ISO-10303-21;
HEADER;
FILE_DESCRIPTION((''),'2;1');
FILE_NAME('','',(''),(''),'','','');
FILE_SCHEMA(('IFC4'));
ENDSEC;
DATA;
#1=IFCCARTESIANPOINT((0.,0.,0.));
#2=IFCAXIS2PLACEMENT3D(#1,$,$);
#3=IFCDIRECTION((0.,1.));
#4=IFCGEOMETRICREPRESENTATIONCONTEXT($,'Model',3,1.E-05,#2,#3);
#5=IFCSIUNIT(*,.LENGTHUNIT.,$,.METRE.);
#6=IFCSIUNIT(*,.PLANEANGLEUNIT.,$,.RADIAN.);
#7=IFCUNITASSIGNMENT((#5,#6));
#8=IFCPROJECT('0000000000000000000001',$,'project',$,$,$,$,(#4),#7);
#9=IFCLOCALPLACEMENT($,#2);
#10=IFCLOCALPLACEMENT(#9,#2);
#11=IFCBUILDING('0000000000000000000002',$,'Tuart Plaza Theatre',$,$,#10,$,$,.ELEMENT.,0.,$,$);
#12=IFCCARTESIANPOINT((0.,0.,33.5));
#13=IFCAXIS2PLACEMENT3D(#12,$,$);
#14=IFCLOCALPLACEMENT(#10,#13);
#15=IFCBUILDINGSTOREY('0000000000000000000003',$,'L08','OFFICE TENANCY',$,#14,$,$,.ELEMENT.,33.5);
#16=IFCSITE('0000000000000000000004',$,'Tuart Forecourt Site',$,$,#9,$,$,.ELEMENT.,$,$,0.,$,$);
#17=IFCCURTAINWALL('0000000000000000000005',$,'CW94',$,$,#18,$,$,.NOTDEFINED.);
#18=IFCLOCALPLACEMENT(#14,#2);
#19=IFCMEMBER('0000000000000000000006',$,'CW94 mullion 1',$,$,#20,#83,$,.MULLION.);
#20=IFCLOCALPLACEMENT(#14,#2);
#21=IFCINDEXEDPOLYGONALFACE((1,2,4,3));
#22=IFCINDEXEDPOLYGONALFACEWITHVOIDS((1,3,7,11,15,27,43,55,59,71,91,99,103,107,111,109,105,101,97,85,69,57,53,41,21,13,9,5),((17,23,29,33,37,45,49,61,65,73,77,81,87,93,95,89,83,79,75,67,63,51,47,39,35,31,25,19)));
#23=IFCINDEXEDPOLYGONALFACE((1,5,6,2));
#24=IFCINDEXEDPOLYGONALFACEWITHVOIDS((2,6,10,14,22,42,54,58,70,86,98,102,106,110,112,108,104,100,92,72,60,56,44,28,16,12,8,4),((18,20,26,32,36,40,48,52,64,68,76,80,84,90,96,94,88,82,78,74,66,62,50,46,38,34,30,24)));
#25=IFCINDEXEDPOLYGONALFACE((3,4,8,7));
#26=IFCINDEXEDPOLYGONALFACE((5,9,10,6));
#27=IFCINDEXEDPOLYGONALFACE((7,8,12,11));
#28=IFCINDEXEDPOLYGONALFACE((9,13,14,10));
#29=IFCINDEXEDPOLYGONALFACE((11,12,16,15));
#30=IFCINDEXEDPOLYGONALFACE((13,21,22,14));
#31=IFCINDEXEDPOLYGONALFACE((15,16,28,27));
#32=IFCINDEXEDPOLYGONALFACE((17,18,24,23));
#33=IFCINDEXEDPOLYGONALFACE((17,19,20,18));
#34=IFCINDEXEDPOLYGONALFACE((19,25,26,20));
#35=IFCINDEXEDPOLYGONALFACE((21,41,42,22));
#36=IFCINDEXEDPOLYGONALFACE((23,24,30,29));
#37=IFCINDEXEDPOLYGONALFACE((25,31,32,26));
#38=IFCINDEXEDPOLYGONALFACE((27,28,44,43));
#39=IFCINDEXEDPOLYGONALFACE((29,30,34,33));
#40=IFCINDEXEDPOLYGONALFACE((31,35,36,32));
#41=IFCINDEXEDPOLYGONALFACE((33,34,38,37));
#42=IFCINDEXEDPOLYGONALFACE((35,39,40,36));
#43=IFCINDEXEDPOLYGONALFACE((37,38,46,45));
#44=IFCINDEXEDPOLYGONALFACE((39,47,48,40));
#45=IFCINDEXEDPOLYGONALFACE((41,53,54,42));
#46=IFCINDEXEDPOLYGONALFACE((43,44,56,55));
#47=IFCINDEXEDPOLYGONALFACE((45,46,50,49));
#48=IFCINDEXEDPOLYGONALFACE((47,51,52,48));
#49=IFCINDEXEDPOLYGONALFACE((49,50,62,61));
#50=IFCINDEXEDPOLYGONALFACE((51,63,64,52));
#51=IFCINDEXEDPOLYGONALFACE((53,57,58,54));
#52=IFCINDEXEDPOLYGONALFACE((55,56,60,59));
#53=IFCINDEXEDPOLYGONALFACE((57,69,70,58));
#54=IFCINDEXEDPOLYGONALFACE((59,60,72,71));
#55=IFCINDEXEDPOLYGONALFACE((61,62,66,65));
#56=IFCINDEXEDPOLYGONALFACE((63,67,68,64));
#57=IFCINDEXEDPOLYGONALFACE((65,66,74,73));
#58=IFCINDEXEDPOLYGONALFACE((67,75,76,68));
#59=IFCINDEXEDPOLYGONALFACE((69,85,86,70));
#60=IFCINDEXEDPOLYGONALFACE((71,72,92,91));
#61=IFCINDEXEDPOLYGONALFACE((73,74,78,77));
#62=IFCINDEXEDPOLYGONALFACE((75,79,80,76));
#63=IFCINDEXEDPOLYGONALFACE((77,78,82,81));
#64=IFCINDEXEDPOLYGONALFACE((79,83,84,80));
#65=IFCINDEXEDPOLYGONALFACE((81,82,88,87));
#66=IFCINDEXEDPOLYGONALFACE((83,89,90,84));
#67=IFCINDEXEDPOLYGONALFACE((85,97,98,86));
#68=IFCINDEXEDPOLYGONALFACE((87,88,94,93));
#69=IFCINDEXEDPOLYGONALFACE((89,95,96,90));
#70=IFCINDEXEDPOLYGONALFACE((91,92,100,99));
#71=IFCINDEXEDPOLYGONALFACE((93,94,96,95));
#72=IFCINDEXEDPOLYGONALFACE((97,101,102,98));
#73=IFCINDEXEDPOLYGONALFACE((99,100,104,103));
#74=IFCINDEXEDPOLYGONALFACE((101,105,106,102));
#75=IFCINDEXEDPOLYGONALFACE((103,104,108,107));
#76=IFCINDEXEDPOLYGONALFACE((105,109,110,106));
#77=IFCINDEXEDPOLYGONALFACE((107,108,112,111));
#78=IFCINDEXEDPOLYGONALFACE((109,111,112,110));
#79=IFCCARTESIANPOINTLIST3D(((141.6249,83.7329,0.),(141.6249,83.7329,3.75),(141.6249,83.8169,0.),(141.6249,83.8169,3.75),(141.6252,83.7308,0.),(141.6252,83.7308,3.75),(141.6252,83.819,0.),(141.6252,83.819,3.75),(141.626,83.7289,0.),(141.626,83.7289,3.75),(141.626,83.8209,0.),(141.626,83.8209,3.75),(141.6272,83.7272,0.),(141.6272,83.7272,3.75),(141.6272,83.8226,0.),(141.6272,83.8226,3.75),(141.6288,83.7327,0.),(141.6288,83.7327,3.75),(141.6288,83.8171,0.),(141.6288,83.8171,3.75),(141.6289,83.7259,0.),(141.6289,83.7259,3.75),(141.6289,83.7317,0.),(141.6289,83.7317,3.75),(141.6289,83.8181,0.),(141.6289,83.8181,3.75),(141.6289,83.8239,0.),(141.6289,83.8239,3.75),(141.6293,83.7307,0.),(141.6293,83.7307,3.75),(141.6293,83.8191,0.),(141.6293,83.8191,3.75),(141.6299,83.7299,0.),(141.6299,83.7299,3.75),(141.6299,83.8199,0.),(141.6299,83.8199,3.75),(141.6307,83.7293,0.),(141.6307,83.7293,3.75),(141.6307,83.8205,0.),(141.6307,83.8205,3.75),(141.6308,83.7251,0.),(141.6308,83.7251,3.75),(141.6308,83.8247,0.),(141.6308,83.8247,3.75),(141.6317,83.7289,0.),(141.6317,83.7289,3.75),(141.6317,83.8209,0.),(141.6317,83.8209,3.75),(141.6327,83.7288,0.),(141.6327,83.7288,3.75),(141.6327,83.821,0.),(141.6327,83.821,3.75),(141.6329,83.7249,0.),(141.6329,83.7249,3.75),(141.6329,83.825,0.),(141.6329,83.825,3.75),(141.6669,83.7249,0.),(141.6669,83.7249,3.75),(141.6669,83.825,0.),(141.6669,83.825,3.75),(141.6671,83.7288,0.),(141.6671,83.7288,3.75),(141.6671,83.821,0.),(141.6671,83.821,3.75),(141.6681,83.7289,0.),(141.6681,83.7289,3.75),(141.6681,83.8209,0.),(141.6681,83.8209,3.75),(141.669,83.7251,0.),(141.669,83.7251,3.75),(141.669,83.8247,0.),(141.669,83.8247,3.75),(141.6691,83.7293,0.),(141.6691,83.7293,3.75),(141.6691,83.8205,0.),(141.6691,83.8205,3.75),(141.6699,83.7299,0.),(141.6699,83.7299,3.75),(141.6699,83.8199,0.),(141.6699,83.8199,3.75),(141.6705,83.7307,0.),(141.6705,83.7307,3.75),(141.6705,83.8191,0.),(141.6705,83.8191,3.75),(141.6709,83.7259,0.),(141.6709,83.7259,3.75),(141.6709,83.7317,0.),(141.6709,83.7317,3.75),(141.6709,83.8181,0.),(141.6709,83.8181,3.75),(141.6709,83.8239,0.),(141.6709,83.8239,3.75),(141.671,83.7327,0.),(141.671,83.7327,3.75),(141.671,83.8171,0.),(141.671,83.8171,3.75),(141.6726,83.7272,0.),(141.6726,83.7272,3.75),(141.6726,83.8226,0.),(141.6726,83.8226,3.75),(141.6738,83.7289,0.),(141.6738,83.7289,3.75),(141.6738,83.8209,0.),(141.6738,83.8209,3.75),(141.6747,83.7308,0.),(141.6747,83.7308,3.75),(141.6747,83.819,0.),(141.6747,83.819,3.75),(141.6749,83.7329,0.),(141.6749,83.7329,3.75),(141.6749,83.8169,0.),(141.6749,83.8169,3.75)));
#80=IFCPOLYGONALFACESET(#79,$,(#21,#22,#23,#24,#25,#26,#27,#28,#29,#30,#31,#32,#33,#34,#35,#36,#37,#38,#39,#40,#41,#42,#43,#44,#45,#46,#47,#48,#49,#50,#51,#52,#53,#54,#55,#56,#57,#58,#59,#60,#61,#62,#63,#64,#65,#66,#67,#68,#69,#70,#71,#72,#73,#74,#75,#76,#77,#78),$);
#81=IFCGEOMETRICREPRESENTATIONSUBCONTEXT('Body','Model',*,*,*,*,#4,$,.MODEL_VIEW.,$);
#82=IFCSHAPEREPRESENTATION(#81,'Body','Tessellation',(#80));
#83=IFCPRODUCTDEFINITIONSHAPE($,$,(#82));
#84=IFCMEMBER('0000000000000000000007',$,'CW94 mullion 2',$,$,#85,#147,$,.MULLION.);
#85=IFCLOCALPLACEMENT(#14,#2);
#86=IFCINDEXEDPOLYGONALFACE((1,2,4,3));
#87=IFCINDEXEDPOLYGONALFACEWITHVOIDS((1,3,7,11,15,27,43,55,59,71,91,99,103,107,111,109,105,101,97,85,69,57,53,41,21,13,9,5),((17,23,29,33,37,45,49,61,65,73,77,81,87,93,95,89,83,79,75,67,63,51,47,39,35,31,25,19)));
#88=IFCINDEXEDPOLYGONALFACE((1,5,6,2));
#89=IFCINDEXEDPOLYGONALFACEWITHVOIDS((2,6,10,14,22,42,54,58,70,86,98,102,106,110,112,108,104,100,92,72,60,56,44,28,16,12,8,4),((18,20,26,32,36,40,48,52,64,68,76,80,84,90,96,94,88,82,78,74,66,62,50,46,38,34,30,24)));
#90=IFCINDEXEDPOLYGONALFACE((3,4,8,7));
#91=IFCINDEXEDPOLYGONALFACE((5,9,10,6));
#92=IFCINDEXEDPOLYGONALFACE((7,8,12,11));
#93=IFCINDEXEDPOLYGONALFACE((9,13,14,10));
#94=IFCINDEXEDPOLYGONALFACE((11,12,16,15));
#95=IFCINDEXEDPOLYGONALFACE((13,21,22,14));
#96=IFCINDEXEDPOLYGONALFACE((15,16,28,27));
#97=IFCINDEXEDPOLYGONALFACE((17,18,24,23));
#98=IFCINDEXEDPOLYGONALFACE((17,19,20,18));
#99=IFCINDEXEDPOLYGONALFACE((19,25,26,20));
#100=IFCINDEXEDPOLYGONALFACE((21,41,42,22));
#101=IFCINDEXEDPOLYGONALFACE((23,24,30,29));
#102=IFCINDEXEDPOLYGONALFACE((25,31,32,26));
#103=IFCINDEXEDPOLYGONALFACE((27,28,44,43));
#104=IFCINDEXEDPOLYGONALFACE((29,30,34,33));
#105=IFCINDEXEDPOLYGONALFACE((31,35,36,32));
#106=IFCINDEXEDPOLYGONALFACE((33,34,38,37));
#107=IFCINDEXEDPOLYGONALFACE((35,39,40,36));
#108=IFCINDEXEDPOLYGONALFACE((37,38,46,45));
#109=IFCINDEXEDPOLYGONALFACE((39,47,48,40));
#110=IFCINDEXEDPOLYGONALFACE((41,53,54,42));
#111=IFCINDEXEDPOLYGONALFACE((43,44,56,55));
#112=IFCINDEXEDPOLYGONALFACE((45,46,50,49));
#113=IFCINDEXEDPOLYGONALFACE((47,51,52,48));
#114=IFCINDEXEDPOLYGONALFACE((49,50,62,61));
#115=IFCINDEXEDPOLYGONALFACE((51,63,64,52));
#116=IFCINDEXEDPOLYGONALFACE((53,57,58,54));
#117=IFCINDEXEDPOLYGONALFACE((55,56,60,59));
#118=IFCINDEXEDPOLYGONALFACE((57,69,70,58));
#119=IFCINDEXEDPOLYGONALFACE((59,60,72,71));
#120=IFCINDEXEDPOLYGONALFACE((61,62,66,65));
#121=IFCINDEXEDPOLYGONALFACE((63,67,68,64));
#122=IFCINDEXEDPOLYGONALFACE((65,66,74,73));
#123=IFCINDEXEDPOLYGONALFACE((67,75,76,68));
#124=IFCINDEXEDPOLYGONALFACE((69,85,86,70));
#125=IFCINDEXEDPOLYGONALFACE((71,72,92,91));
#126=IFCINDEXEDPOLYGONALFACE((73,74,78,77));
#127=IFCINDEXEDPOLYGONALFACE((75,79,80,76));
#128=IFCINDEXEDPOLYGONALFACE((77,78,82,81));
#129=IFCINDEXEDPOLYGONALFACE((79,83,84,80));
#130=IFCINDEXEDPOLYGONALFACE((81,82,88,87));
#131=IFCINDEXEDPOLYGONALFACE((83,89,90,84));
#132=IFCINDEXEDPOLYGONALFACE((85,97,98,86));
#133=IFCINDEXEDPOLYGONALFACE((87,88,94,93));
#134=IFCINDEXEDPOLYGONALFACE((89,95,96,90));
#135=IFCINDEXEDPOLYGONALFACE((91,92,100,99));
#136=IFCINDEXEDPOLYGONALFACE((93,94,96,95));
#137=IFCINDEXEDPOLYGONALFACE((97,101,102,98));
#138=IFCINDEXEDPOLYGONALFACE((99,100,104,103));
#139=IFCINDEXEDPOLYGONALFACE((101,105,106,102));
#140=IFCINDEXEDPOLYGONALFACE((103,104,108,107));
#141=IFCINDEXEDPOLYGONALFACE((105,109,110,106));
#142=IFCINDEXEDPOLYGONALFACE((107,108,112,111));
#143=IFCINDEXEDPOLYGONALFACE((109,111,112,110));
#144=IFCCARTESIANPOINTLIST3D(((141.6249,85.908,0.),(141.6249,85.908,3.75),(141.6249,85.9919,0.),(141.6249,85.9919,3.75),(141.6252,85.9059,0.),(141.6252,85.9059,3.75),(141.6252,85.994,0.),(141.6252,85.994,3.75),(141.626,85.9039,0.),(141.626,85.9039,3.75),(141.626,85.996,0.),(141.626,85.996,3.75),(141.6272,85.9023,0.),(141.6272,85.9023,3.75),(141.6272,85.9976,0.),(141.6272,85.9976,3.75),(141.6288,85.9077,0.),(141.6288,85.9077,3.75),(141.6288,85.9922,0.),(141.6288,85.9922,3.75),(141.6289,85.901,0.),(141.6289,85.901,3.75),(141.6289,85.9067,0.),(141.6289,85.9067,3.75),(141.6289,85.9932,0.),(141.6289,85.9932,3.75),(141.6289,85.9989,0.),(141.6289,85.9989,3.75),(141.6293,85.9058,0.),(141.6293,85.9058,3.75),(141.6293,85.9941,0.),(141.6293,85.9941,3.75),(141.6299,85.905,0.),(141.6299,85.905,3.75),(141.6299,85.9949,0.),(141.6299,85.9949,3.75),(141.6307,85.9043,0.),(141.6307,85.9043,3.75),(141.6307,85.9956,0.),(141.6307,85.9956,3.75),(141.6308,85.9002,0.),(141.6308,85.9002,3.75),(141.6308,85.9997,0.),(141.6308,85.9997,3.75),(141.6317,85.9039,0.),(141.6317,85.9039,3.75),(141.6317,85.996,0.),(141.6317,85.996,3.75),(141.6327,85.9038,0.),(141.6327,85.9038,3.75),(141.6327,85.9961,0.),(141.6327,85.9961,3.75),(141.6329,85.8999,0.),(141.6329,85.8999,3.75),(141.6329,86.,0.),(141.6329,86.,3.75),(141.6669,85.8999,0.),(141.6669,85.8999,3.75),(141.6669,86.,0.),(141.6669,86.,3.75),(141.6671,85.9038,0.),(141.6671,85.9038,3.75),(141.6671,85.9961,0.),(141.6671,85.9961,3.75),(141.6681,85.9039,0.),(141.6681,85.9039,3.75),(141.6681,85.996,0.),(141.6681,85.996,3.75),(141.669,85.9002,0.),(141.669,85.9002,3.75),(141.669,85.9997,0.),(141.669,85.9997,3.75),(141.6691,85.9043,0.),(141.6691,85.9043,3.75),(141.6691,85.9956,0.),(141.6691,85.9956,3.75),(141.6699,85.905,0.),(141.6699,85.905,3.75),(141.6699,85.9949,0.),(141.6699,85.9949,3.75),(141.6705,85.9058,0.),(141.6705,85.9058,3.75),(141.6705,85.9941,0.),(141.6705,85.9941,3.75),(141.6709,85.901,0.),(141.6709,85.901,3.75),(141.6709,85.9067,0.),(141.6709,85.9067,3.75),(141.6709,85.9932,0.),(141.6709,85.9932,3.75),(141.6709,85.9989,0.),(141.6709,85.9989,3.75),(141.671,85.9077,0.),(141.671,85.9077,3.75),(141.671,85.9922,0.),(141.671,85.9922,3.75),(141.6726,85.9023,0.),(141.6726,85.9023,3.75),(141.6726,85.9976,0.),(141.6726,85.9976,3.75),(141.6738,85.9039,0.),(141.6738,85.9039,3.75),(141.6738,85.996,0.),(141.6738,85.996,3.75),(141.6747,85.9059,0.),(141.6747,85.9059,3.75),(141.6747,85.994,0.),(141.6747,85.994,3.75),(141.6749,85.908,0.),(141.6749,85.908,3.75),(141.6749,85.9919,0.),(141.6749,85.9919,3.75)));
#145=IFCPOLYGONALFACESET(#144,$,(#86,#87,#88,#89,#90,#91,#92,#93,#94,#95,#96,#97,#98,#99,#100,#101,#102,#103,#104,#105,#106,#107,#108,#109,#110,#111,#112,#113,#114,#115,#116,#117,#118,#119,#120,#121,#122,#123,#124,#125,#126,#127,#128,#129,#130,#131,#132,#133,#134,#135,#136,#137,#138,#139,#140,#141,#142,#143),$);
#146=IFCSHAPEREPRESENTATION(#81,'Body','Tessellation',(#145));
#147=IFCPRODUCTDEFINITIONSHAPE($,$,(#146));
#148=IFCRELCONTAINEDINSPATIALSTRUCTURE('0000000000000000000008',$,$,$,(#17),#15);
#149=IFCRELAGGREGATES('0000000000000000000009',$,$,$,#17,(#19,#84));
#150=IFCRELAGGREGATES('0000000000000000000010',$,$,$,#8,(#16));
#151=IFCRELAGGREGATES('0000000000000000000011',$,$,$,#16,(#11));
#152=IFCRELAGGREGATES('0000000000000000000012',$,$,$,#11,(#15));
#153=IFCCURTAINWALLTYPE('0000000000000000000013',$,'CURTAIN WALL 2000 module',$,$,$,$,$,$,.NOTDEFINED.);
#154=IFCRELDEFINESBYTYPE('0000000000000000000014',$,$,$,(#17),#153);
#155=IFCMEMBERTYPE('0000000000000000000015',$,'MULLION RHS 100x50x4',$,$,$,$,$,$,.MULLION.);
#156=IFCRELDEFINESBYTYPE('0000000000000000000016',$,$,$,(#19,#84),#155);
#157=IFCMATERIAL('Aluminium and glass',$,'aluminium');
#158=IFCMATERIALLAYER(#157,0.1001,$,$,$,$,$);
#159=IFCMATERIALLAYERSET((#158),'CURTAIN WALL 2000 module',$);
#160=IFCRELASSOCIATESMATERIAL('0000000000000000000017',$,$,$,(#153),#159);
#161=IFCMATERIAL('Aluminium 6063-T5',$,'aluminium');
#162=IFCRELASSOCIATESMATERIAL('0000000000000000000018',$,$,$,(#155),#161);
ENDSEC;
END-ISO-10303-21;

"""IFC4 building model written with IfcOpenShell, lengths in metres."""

from ifc_helpers import new_model, si_unit, direction, frame, origin, origin_2d, place, context, subcontext, project, spatial, hollow_rectangle, extrude, material, layer, layer_set, material_profile, profile_set, type_object, element, aggregate, save


model = new_model("IFC4")

# Units and contexts
model_context = context("Model", 3, precision=1e-05, world=origin(), true_north=direction((0.0, 1.0)))
body_context = subcontext(model_context, "Body", "Model", "MODEL_VIEW")
ifc_project = project(units=[si_unit("LENGTHUNIT", "METRE"), si_unit("PLANEANGLEUNIT", "RADIAN")], contexts=[model_context])

# Site, building, storey
site_placement = place(None, origin())
site = spatial("IfcSite", under=ifc_project, at=site_placement, Name="Tuart Forecourt Site", CompositionType="ELEMENT", RefElevation=0.0)
building_placement = place(site_placement, origin())
building = spatial("IfcBuilding", under=site, at=building_placement, Name="Tuart Plaza Theatre", CompositionType="ELEMENT", ElevationOfRefHeight=0.0)
storey_placement = place(building_placement, frame((0.0, 0.0, 33.5)))
storey = spatial("IfcBuildingStorey", under=building, at=storey_placement, Name="L08", Description="OFFICE TENANCY", CompositionType="ELEMENT", Elevation=33.5)

# Curtain wall, members
ifc_material_1 = material(Name="Aluminium and glass", Category="aluminium")
ifc_layer_1 = layer(ifc_material_1, 0.1001)
ifc_layer_set_1 = layer_set([ifc_layer_1], Name="CURTAIN WALL 2000 module")
curtain_wall_type = type_object("IfcCurtainWallType", Name="CURTAIN WALL 2000 module", PredefinedType="NOTDEFINED", material=ifc_layer_set_1)
curtain_wall_placement = place(storey_placement, origin())
curtain_wall = element("IfcCurtainWall", 1, at=curtain_wall_placement, inside=storey, type_object=curtain_wall_type, Name="CW94", PredefinedType="NOTDEFINED")
ifc_material_2 = material(Name="Aluminium 6063-T5", Category="aluminium")
ifc_material_profile_1 = material_profile(ifc_material_2, hollow_rectangle(XDim=0.05, YDim=0.1001, WallThickness=0.0039, InnerFilletRadius=0.0039, OuterFilletRadius=0.0081, at=origin_2d()), Name="RHS 100x50x4")
ifc_profile_set_1 = profile_set([ifc_material_profile_1], Name="Aluminium 6063-T5")
member_type_1 = type_object("IfcMemberType", Name="MULLION RHS 100x50x4", PredefinedType="MULLION", material=ifc_profile_set_1)
member_1_placement = place(storey_placement, frame((141.6499, 83.7749, 0.0), z_axis=(0.0, 0.0, 1.0), x_axis=(-1.0, 0.0, 0.0)))
member_1 = element("IfcMember", 2, at=member_1_placement, type_object=member_type_1, Name="CW94 mullion 1", PredefinedType="MULLION", context=body_context, shape_type="SweptSolid", body=[
    extrude(hollow_rectangle(XDim=0.05, YDim=0.1001, WallThickness=0.0039, InnerFilletRadius=0.0039, OuterFilletRadius=0.0081, at=origin_2d()), origin(), (0.0, 0.0, 1.0), 3.75),
])
member_2_placement = place(storey_placement, frame((141.6499, 85.95, 0.0), z_axis=(0.0, 0.0, 1.0), x_axis=(-1.0, 0.0, 0.0)))
member_2 = element("IfcMember", 3, at=member_2_placement, type_object=member_type_1, Name="CW94 mullion 2", PredefinedType="MULLION", context=body_context, shape_type="SweptSolid", body=[
    extrude(hollow_rectangle(XDim=0.05, YDim=0.1001, WallThickness=0.0039, InnerFilletRadius=0.0039, OuterFilletRadius=0.0081, at=origin_2d()), origin(), (0.0, 0.0, 1.0), 3.75),
])
aggregate(curtain_wall, [member_1, member_2])

save(model, "model.ifc")
